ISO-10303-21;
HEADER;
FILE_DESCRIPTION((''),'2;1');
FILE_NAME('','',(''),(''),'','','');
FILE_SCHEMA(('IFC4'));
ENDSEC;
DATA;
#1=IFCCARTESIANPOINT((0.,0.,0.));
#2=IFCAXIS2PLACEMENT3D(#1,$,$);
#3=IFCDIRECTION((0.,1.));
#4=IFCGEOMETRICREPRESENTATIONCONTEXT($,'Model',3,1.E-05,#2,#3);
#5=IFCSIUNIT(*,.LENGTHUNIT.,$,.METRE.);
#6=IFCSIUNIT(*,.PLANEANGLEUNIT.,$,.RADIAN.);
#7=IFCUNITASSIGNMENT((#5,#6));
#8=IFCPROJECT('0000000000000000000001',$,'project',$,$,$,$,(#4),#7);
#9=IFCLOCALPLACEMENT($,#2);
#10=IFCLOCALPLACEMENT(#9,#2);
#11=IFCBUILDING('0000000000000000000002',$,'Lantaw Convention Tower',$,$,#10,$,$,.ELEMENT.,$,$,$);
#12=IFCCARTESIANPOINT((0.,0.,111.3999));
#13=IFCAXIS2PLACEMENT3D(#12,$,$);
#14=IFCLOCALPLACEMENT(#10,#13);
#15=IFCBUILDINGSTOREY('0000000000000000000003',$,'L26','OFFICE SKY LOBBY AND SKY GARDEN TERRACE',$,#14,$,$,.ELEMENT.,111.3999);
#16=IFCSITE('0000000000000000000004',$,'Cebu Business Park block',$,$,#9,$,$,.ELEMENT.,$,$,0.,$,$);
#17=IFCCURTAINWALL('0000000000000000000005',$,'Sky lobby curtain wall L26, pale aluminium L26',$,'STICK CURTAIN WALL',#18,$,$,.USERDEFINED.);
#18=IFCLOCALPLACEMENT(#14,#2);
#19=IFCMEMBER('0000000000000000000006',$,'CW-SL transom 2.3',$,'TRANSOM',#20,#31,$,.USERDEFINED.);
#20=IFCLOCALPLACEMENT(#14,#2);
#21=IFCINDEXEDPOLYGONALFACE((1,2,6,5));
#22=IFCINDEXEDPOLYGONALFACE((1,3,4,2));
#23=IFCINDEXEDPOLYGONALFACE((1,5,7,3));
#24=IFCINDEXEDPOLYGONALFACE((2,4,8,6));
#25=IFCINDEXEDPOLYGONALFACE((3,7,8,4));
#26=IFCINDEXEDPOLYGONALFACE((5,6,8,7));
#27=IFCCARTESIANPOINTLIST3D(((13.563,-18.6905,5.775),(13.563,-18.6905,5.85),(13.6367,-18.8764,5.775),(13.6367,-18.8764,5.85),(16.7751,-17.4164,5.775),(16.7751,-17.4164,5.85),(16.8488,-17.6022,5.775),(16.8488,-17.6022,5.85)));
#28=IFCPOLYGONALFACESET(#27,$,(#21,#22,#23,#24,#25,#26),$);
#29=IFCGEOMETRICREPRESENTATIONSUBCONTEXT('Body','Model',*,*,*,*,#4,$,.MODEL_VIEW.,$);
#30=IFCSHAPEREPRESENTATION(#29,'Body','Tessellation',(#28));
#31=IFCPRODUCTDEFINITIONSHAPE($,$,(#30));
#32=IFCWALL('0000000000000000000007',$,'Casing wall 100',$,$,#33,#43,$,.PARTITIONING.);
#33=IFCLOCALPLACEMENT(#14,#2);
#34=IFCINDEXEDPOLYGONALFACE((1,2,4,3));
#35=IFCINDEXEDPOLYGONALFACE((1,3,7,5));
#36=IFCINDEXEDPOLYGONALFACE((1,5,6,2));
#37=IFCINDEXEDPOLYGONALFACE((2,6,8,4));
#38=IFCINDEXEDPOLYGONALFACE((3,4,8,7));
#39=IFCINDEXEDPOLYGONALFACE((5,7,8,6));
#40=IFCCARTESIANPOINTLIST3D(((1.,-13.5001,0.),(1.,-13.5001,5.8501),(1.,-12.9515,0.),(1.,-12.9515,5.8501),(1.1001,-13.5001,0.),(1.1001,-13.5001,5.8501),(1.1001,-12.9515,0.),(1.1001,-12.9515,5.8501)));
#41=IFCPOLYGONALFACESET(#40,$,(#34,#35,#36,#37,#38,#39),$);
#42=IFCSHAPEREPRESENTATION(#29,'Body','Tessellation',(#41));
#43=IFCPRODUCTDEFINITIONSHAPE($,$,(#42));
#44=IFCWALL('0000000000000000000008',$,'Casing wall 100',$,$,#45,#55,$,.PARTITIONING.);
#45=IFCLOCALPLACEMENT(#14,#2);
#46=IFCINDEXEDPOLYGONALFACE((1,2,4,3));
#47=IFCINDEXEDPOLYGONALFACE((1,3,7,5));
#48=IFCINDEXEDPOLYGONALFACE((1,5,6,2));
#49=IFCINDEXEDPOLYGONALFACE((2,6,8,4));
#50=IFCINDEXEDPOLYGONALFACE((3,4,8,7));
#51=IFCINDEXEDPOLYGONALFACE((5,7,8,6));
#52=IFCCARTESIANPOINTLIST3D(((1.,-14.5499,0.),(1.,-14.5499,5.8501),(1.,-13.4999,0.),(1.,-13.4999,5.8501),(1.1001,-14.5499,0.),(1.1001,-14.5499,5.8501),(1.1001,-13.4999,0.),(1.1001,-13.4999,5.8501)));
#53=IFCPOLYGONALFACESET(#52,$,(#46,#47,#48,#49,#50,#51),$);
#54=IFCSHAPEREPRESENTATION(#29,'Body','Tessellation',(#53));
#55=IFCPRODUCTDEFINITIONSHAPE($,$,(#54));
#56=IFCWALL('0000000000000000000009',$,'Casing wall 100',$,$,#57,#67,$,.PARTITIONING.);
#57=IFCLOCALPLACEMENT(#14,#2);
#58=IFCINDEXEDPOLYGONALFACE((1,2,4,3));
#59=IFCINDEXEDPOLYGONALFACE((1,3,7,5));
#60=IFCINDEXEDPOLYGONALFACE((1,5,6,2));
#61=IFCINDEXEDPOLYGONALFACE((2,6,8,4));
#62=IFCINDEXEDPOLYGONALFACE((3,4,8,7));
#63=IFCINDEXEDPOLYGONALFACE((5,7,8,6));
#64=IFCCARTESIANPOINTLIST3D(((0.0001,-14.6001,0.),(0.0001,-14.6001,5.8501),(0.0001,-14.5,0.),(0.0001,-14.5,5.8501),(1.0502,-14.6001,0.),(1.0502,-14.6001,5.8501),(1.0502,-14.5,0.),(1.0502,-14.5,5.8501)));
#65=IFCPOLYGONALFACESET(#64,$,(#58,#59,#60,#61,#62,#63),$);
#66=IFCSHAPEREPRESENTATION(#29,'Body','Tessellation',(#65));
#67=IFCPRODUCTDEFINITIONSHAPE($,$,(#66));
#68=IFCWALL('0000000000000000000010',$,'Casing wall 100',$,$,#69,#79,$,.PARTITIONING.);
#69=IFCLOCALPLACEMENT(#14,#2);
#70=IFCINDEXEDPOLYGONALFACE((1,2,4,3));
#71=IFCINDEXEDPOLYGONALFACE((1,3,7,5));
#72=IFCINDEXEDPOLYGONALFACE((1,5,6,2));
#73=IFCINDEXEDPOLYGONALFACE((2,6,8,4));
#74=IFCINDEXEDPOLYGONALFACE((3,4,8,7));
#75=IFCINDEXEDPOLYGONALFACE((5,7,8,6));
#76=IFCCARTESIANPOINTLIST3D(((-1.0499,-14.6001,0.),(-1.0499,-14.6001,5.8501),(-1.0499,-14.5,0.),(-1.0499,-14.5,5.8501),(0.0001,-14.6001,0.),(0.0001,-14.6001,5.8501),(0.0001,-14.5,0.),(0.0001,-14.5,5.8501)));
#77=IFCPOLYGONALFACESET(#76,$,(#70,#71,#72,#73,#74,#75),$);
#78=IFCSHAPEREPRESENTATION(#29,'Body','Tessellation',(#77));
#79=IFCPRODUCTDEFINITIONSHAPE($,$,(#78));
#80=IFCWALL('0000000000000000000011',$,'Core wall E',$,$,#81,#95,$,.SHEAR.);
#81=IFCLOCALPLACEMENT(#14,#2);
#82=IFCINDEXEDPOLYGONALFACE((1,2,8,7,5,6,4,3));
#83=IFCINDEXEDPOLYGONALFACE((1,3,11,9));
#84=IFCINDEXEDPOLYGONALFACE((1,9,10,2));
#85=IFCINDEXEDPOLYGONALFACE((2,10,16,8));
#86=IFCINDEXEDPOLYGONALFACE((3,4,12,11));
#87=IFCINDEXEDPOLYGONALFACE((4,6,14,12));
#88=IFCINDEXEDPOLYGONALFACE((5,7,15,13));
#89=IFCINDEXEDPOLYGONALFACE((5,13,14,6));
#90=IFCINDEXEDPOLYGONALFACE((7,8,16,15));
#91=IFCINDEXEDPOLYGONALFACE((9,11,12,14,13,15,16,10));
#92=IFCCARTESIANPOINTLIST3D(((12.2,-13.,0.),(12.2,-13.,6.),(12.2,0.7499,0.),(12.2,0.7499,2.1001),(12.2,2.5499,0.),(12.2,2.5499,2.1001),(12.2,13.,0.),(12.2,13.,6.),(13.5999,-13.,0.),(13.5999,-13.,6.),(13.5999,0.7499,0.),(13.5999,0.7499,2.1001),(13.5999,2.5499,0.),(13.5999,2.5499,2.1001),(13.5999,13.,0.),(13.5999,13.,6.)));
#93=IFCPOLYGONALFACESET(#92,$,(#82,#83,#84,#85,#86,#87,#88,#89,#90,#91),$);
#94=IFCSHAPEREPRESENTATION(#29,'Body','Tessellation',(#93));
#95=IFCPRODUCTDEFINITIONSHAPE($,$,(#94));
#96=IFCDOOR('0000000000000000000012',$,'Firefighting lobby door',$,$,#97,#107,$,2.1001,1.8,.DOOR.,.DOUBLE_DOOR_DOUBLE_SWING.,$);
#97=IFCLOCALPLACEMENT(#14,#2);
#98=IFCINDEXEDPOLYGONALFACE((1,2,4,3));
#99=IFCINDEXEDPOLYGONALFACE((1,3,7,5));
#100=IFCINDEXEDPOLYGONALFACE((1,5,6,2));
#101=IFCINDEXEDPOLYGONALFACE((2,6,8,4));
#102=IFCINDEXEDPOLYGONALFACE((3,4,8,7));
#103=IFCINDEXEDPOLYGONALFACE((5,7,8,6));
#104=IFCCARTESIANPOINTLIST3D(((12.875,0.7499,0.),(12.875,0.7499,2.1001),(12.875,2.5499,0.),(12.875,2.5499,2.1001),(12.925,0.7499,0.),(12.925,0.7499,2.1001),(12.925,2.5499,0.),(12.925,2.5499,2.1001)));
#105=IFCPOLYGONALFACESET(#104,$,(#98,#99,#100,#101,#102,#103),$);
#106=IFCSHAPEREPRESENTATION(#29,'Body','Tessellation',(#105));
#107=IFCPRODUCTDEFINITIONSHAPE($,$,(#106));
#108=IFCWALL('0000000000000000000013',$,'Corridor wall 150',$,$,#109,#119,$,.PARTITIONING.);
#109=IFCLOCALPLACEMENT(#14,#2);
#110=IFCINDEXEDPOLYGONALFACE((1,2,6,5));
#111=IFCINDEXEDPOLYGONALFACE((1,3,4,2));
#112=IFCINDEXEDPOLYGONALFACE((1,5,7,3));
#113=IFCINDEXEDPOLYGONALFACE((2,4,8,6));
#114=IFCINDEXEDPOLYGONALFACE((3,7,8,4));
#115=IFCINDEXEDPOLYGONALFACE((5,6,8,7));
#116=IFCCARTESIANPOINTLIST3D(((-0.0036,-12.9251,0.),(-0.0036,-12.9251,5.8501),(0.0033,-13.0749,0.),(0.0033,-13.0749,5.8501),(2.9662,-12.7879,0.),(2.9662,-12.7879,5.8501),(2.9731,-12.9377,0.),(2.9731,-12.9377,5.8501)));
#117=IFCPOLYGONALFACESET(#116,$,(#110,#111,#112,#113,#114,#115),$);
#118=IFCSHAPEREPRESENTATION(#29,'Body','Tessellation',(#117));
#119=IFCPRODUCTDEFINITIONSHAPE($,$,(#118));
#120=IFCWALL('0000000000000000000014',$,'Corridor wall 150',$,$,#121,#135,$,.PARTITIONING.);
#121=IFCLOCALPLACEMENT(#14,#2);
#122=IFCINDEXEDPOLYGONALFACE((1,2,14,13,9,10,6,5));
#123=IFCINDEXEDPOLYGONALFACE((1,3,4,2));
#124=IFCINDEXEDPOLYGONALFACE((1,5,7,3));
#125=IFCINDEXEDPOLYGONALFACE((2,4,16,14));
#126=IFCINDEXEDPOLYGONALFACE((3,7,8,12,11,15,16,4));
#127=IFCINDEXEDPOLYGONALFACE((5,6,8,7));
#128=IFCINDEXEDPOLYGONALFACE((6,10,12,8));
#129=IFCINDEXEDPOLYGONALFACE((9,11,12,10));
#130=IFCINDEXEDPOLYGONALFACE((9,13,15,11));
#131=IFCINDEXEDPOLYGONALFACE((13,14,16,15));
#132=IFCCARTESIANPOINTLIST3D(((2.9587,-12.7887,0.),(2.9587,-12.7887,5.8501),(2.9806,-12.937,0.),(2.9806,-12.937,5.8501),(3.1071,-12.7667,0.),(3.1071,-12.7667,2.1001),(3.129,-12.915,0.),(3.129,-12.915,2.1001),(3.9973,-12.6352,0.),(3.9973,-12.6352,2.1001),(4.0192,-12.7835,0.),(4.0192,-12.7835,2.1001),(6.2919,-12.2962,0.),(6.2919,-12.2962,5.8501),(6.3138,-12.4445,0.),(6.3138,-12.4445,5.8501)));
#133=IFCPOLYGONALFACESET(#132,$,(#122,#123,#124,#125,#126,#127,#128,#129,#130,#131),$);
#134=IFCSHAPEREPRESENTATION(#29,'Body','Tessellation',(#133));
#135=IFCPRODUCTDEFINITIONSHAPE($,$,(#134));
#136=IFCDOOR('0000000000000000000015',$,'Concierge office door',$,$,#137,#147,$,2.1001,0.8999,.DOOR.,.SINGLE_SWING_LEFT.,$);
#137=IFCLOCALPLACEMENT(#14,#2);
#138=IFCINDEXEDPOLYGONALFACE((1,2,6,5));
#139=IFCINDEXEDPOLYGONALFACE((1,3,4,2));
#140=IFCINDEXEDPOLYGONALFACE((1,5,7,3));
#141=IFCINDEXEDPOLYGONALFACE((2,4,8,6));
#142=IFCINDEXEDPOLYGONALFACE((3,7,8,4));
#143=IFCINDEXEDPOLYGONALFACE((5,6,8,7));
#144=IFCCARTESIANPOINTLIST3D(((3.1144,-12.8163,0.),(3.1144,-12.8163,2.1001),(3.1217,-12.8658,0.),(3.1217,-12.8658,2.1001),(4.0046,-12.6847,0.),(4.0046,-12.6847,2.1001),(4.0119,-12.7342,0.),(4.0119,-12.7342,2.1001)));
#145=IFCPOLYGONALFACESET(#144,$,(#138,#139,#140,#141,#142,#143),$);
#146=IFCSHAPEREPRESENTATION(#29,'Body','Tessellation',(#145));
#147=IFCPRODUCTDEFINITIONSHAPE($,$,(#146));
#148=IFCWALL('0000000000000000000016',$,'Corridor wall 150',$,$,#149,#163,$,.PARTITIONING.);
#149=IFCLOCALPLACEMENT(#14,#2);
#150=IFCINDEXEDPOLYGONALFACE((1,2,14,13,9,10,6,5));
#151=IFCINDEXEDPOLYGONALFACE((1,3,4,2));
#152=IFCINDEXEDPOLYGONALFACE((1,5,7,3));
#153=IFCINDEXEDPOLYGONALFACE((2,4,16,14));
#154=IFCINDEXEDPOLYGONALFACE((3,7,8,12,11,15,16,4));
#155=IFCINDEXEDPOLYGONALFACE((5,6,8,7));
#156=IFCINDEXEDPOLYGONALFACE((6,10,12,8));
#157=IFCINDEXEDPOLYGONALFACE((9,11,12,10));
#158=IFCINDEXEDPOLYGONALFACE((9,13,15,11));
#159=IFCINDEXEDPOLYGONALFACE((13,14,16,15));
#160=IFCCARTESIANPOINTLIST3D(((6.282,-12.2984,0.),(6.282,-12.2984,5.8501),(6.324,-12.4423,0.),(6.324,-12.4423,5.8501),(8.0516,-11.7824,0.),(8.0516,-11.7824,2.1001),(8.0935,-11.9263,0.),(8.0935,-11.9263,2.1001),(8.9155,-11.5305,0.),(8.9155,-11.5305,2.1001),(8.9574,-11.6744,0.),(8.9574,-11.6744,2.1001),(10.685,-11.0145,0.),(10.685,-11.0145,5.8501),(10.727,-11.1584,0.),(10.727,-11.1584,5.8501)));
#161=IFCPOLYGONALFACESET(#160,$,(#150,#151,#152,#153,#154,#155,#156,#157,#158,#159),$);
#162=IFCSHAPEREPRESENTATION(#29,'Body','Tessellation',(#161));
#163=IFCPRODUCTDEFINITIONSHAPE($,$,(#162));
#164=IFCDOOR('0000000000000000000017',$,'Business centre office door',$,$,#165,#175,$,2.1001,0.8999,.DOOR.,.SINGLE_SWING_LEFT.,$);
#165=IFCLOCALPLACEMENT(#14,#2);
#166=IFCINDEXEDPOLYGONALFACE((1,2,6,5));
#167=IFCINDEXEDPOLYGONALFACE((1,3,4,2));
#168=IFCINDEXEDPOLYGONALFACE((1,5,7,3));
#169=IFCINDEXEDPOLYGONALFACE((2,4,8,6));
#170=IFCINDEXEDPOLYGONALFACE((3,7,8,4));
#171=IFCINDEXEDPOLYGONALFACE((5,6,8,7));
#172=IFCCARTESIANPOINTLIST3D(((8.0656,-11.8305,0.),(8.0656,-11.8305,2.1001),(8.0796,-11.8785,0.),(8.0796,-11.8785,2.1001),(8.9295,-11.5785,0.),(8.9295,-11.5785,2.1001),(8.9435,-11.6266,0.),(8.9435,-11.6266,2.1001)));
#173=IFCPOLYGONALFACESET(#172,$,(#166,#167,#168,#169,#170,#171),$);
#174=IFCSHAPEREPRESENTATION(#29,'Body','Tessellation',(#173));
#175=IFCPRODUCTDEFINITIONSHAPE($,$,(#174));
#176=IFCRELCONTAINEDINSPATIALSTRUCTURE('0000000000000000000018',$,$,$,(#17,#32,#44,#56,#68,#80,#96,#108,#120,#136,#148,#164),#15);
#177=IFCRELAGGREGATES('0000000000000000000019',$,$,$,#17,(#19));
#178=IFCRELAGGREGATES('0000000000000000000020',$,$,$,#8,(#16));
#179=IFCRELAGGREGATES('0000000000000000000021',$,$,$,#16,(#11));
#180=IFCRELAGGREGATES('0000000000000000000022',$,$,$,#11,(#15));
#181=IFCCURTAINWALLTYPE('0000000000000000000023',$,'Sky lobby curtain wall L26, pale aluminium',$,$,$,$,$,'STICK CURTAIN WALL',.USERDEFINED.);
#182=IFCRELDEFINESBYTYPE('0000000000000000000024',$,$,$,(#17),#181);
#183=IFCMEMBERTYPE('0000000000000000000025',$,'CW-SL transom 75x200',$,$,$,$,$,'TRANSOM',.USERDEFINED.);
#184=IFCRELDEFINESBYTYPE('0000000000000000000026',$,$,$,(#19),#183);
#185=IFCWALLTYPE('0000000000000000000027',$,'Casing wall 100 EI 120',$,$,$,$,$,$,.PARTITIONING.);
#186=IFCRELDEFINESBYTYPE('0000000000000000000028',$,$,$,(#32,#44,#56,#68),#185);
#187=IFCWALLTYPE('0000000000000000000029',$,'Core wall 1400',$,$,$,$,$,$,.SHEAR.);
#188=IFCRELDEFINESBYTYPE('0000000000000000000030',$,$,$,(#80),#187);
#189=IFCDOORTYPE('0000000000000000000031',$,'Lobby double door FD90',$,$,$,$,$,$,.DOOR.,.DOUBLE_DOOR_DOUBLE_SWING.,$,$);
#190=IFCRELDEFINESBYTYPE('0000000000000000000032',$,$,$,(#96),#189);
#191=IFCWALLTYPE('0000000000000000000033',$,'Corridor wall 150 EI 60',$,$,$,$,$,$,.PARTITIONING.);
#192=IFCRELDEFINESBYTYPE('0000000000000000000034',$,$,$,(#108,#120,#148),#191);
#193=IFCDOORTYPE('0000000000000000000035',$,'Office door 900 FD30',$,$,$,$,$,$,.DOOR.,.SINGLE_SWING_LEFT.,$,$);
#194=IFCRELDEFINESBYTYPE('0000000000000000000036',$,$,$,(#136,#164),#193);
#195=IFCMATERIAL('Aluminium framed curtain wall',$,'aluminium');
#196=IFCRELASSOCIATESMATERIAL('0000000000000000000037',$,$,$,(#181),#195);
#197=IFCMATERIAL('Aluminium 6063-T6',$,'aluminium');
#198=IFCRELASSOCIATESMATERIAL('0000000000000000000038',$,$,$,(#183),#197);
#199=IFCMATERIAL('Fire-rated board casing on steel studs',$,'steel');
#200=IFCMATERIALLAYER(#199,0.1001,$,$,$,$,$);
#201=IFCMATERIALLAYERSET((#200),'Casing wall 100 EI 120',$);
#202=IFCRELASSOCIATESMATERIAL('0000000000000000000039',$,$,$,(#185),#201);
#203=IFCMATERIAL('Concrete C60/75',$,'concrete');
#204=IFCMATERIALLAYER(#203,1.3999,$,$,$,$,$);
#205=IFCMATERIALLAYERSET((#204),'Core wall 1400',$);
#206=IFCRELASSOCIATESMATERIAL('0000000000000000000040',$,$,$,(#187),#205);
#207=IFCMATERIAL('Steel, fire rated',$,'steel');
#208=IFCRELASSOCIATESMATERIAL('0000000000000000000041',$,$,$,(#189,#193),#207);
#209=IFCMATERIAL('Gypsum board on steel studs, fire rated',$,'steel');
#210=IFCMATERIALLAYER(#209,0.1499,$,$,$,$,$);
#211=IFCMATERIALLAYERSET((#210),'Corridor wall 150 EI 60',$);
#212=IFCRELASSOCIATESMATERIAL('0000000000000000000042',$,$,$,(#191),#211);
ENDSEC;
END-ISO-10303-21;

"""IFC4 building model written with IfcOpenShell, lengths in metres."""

from ifc_helpers import new_model, si_unit, direction, frame, frame_2d, origin, origin_2d, place, context, subcontext, project, spatial, rectangle, extrude, material, layer, layer_set, material_profile, profile_set, type_object, element, fill, aggregate, save


model = new_model("IFC4")

# Units and contexts
model_context = context("Model", 3, precision=1e-05, world=origin(), true_north=direction((0.0, 1.0)))
body_context = subcontext(model_context, "Body", "Model", "MODEL_VIEW")
ifc_project = project(units=[si_unit("LENGTHUNIT", "METRE"), si_unit("PLANEANGLEUNIT", "RADIAN")], contexts=[model_context])

# Site, building, storey
site_placement = place(None, origin())
site = spatial("IfcSite", under=ifc_project, at=site_placement, Name="Cebu Business Park block", CompositionType="ELEMENT", RefElevation=0.0)
building_placement = place(site_placement, origin())
building = spatial("IfcBuilding", under=site, at=building_placement, Name="Lantaw Convention Tower", CompositionType="ELEMENT")
storey_placement = place(building_placement, frame((0.0, 0.0, 111.3999)))
storey = spatial("IfcBuildingStorey", under=building, at=storey_placement, Name="L26", Description="OFFICE SKY LOBBY AND SKY GARDEN TERRACE", CompositionType="ELEMENT", Elevation=111.3999)

# Curtain wall, member
ifc_material_1 = material(Name="Aluminium framed curtain wall", Category="aluminium")
curtain_wall_type = type_object("IfcCurtainWallType", Name="Sky lobby curtain wall L26, pale aluminium", ElementType="STICK CURTAIN WALL", PredefinedType="USERDEFINED", material=ifc_material_1)
curtain_wall_placement = place(storey_placement, origin())
curtain_wall = element("IfcCurtainWall", 1, at=curtain_wall_placement, inside=storey, type_object=curtain_wall_type, Name="Sky lobby curtain wall L26, pale aluminium L26", ObjectType="STICK CURTAIN WALL", PredefinedType="USERDEFINED")
ifc_material_2 = material(Name="Aluminium 6063-T6", Category="aluminium")
ifc_material_profile_1 = material_profile(ifc_material_2, rectangle(XDim=0.2, YDim=0.075, at=origin_2d()), Name="CW-SL transom 75x200")
ifc_profile_set_1 = profile_set([ifc_material_profile_1], Name="Aluminium 6063-T6")
member_type_1 = type_object("IfcMemberType", Name="CW-SL transom 75x200", ElementType="TRANSOM", PredefinedType="USERDEFINED", material=ifc_profile_set_1)
member_1_placement = place(storey_placement, frame((13.5999, -18.7834, 5.8125), z_axis=(0.92954, 0.368722, 0.0), x_axis=(-0.368722, 0.92954, 0.0)))
member_1 = element("IfcMember", 2, at=member_1_placement, type_object=member_type_1, Name="CW-SL transom 2.3", ObjectType="TRANSOM", PredefinedType="USERDEFINED", context=body_context, shape_type="SweptSolid", body=[
    extrude(rectangle(XDim=0.2, YDim=0.075, at=origin_2d()), origin(), (0.0, 0.0, 1.0), 3.4556),
])
aggregate(curtain_wall, [member_1])

# Walls
ifc_material_3 = material(Name="Fire-rated board casing on steel studs", Category="steel")
ifc_layer_1 = layer(ifc_material_3, 0.1001)
ifc_layer_set_1 = layer_set([ifc_layer_1], Name="Casing wall 100 EI 120")
wall_type_1 = type_object("IfcWallType", Name="Casing wall 100 EI 120", PredefinedType="PARTITIONING", material=ifc_layer_set_1)
wall_1_placement = place(storey_placement, frame((1.05, -12.9514, 0.0), z_axis=(0.0, 0.0, 1.0), x_axis=(0.0, -1.0, 0.0)))
element("IfcWall", 3, at=wall_1_placement, inside=storey, type_object=wall_type_1, Name="Casing wall 100", PredefinedType="PARTITIONING", context=body_context, shape_type="SweptSolid", body=[
    extrude(rectangle(XDim=0.5486, YDim=0.1001, at=frame_2d((0.2744, 0.0))), origin(), (0.0, 0.0, 1.0), 5.8501),
])
for number, where, z_axis, x_axis, name in (
    (4, (1.05, -13.5, 0.0), (0.0, 0.0, 1.0), (0.0, -1.0, 0.0), "Casing wall 100"),
    (5, (1.05, -14.55, 0.0), (0.0, 0.0, 1.0), (-1.0, 0.0, 0.0), "Casing wall 100"),
    (6, (0.0, -14.55, 0.0), (0.0, 0.0, 1.0), (-1.0, 0.0, 0.0), "Casing wall 100"),
):
    element("IfcWall", number, at=place(storey_placement, frame(where, z_axis=z_axis, x_axis=x_axis)), inside=storey, type_object=wall_type_1, Name=name, PredefinedType="PARTITIONING", context=body_context, shape_type="SweptSolid", body=[
        extrude(rectangle(XDim=1.05, YDim=0.1001, at=frame_2d((0.5249, 0.0))), origin(), (0.0, 0.0, 1.0), 5.8501),
    ])

# Wall, opening, door
ifc_material_4 = material(Name="Concrete C60/75", Category="concrete")
ifc_layer_2 = layer(ifc_material_4, 1.3999)
ifc_layer_set_2 = layer_set([ifc_layer_2], Name="Core wall 1400")
wall_type_2 = type_object("IfcWallType", Name="Core wall 1400", PredefinedType="SHEAR", material=ifc_layer_set_2)
wall_2_placement = place(storey_placement, frame((12.8999, -13.0, 0.0), z_axis=(0.0, 0.0, 1.0), x_axis=(0.0, 1.0, 0.0)))
wall_2 = element("IfcWall", 7, at=wall_2_placement, inside=storey, type_object=wall_type_2, Name="Core wall E", PredefinedType="SHEAR", context=body_context, shape_type="SweptSolid", body=[
    extrude(rectangle(XDim=26.0, YDim=1.3999, at=frame_2d((13.0, 0.0))), origin(), (0.0, 0.0, 1.0), 6.0),
])
opening_1_placement = place(wall_2_placement, frame((13.75, 0.0, 0.0)))
opening_1 = element("IfcOpeningElement", 8, at=opening_1_placement, cuts=wall_2, PredefinedType="OPENING", context=body_context, shape_type="SweptSolid", body=[
    extrude(rectangle(XDim=1.8, YDim=2.1001, at=frame_2d((0.8999, 1.05))), frame((0.0, 0.71, 0.0), z_axis=(0.0, -1.0, 0.0), x_axis=(1.0, 0.0, 0.0)), (0.0, 0.0, 1.0), 1.4199),
])
ifc_material_5 = material(Name="Steel, fire rated", Category="steel")
door_type_1 = type_object("IfcDoorType", Name="Lobby double door FD90", OperationType="DOUBLE_DOOR_DOUBLE_SWING", PredefinedType="DOOR", material=ifc_material_5)
door_1_placement = place(opening_1_placement, origin())
door_1 = element("IfcDoor", 9, at=door_1_placement, inside=storey, type_object=door_type_1, Name="Firefighting lobby door", OperationType="DOUBLE_DOOR_DOUBLE_SWING", OverallHeight=2.1001, OverallWidth=1.8, PredefinedType="DOOR", context=body_context, shape_type="SweptSolid", body=[
    extrude(rectangle(XDim=1.8, YDim=2.1001, at=frame_2d((0.8999, 1.05))), frame((0.0, 0.0249, 0.0), z_axis=(0.0, -1.0, 0.0), x_axis=(1.0, 0.0, 0.0)), (0.0, 0.0, 1.0), 0.05),
])
fill(opening_1, door_1)

# Wall
ifc_material_6 = material(Name="Gypsum board on steel studs, fire rated", Category="steel")
ifc_layer_3 = layer(ifc_material_6, 0.1499)
ifc_layer_set_3 = layer_set([ifc_layer_3], Name="Corridor wall 150 EI 60")
wall_type_3 = type_object("IfcWallType", Name="Corridor wall 150 EI 60", PredefinedType="PARTITIONING", material=ifc_layer_set_3)
wall_3_placement = place(storey_placement, frame((0.0, -13.0, 0.0), z_axis=(0.0, 0.0, 1.0), x_axis=(0.998934, 0.046153, 0.0)))
element("IfcWall", 10, at=wall_3_placement, inside=storey, type_object=wall_type_3, Name="Corridor wall 150", PredefinedType="PARTITIONING", context=body_context, shape_type="SweptSolid", body=[
    extrude(rectangle(XDim=2.9729, YDim=0.1499, at=frame_2d((1.4863, 0.0))), origin(), (0.0, 0.0, 1.0), 5.8501),
])

# Walls, openings, doors
wall_4_placement = place(storey_placement, frame((2.9697, -12.8628, 0.0), z_axis=(0.0, 0.0, 1.0), x_axis=(0.989263, 0.146147, 0.0)))
wall_4 = element("IfcWall", 11, at=wall_4_placement, inside=storey, type_object=wall_type_3, Name="Corridor wall 150", PredefinedType="PARTITIONING", context=body_context, shape_type="SweptSolid", body=[
    extrude(rectangle(XDim=3.3694, YDim=0.1499, at=frame_2d((1.6846, 0.0))), origin(), (0.0, 0.0, 1.0), 5.8501),
])
opening_2_placement = place(wall_4_placement, frame((0.1499, 0.0, 0.0)))
opening_2 = element("IfcOpeningElement", 12, at=opening_2_placement, cuts=wall_4, PredefinedType="OPENING", context=body_context, shape_type="SweptSolid", body=[
    extrude(rectangle(XDim=0.8999, YDim=2.1001, at=frame_2d((0.45, 1.05))), frame((0.0, 0.085, 0.0), z_axis=(0.0, -1.0, 0.0), x_axis=(1.0, 0.0, 0.0)), (0.0, 0.0, 1.0), 0.1699),
])
door_type_2 = type_object("IfcDoorType", Name="Office door 900 FD30", OperationType="SINGLE_SWING_LEFT", PredefinedType="DOOR", material=ifc_material_5)
door_2_placement = place(opening_2_placement, origin())
door_2 = element("IfcDoor", 13, at=door_2_placement, inside=storey, type_object=door_type_2, Name="Concierge office door", OperationType="SINGLE_SWING_LEFT", OverallHeight=2.1001, OverallWidth=0.8999, PredefinedType="DOOR", context=body_context, shape_type="SweptSolid", body=[
    extrude(rectangle(XDim=0.8999, YDim=2.1001, at=frame_2d((0.45, 1.05))), frame((0.0, 0.0249, 0.0), z_axis=(0.0, -1.0, 0.0), x_axis=(1.0, 0.0, 0.0)), (0.0, 0.0, 1.0), 0.05),
])
fill(opening_2, door_2)
wall_5_placement = place(storey_placement, frame((6.303, -12.3704, 0.0), z_axis=(0.0, 0.0, 1.0), x_axis=(0.960017, 0.279941, 0.0)))
wall_5 = element("IfcWall", 14, at=wall_5_placement, inside=storey, type_object=wall_type_3, Name="Corridor wall 150", PredefinedType="PARTITIONING", context=body_context, shape_type="SweptSolid", body=[
    extrude(rectangle(XDim=4.5864, YDim=0.1499, at=frame_2d((2.2932, 0.0))), origin(), (0.0, 0.0, 1.0), 5.8501),
])
opening_3_placement = place(wall_5_placement, frame((1.8433, 0.0, 0.0)))
opening_3 = element("IfcOpeningElement", 15, at=opening_3_placement, cuts=wall_5, PredefinedType="OPENING", context=body_context, shape_type="SweptSolid", body=[
    extrude(rectangle(XDim=0.8999, YDim=2.1001, at=frame_2d((0.45, 1.05))), frame((0.0, 0.085, 0.0), z_axis=(0.0, -1.0, 0.0), x_axis=(1.0, 0.0, 0.0)), (0.0, 0.0, 1.0), 0.1699),
])
door_3_placement = place(opening_3_placement, origin())
door_3 = element("IfcDoor", 16, at=door_3_placement, inside=storey, type_object=door_type_2, Name="Business centre office door", OperationType="SINGLE_SWING_LEFT", OverallHeight=2.1001, OverallWidth=0.8999, PredefinedType="DOOR", context=body_context, shape_type="SweptSolid", body=[
    extrude(rectangle(XDim=0.8999, YDim=2.1001, at=frame_2d((0.45, 1.05))), frame((0.0, 0.0249, 0.0), z_axis=(0.0, -1.0, 0.0), x_axis=(1.0, 0.0, 0.0)), (0.0, 0.0, 1.0), 0.05),
])
fill(opening_3, door_3)

save(model, "model.ifc")
